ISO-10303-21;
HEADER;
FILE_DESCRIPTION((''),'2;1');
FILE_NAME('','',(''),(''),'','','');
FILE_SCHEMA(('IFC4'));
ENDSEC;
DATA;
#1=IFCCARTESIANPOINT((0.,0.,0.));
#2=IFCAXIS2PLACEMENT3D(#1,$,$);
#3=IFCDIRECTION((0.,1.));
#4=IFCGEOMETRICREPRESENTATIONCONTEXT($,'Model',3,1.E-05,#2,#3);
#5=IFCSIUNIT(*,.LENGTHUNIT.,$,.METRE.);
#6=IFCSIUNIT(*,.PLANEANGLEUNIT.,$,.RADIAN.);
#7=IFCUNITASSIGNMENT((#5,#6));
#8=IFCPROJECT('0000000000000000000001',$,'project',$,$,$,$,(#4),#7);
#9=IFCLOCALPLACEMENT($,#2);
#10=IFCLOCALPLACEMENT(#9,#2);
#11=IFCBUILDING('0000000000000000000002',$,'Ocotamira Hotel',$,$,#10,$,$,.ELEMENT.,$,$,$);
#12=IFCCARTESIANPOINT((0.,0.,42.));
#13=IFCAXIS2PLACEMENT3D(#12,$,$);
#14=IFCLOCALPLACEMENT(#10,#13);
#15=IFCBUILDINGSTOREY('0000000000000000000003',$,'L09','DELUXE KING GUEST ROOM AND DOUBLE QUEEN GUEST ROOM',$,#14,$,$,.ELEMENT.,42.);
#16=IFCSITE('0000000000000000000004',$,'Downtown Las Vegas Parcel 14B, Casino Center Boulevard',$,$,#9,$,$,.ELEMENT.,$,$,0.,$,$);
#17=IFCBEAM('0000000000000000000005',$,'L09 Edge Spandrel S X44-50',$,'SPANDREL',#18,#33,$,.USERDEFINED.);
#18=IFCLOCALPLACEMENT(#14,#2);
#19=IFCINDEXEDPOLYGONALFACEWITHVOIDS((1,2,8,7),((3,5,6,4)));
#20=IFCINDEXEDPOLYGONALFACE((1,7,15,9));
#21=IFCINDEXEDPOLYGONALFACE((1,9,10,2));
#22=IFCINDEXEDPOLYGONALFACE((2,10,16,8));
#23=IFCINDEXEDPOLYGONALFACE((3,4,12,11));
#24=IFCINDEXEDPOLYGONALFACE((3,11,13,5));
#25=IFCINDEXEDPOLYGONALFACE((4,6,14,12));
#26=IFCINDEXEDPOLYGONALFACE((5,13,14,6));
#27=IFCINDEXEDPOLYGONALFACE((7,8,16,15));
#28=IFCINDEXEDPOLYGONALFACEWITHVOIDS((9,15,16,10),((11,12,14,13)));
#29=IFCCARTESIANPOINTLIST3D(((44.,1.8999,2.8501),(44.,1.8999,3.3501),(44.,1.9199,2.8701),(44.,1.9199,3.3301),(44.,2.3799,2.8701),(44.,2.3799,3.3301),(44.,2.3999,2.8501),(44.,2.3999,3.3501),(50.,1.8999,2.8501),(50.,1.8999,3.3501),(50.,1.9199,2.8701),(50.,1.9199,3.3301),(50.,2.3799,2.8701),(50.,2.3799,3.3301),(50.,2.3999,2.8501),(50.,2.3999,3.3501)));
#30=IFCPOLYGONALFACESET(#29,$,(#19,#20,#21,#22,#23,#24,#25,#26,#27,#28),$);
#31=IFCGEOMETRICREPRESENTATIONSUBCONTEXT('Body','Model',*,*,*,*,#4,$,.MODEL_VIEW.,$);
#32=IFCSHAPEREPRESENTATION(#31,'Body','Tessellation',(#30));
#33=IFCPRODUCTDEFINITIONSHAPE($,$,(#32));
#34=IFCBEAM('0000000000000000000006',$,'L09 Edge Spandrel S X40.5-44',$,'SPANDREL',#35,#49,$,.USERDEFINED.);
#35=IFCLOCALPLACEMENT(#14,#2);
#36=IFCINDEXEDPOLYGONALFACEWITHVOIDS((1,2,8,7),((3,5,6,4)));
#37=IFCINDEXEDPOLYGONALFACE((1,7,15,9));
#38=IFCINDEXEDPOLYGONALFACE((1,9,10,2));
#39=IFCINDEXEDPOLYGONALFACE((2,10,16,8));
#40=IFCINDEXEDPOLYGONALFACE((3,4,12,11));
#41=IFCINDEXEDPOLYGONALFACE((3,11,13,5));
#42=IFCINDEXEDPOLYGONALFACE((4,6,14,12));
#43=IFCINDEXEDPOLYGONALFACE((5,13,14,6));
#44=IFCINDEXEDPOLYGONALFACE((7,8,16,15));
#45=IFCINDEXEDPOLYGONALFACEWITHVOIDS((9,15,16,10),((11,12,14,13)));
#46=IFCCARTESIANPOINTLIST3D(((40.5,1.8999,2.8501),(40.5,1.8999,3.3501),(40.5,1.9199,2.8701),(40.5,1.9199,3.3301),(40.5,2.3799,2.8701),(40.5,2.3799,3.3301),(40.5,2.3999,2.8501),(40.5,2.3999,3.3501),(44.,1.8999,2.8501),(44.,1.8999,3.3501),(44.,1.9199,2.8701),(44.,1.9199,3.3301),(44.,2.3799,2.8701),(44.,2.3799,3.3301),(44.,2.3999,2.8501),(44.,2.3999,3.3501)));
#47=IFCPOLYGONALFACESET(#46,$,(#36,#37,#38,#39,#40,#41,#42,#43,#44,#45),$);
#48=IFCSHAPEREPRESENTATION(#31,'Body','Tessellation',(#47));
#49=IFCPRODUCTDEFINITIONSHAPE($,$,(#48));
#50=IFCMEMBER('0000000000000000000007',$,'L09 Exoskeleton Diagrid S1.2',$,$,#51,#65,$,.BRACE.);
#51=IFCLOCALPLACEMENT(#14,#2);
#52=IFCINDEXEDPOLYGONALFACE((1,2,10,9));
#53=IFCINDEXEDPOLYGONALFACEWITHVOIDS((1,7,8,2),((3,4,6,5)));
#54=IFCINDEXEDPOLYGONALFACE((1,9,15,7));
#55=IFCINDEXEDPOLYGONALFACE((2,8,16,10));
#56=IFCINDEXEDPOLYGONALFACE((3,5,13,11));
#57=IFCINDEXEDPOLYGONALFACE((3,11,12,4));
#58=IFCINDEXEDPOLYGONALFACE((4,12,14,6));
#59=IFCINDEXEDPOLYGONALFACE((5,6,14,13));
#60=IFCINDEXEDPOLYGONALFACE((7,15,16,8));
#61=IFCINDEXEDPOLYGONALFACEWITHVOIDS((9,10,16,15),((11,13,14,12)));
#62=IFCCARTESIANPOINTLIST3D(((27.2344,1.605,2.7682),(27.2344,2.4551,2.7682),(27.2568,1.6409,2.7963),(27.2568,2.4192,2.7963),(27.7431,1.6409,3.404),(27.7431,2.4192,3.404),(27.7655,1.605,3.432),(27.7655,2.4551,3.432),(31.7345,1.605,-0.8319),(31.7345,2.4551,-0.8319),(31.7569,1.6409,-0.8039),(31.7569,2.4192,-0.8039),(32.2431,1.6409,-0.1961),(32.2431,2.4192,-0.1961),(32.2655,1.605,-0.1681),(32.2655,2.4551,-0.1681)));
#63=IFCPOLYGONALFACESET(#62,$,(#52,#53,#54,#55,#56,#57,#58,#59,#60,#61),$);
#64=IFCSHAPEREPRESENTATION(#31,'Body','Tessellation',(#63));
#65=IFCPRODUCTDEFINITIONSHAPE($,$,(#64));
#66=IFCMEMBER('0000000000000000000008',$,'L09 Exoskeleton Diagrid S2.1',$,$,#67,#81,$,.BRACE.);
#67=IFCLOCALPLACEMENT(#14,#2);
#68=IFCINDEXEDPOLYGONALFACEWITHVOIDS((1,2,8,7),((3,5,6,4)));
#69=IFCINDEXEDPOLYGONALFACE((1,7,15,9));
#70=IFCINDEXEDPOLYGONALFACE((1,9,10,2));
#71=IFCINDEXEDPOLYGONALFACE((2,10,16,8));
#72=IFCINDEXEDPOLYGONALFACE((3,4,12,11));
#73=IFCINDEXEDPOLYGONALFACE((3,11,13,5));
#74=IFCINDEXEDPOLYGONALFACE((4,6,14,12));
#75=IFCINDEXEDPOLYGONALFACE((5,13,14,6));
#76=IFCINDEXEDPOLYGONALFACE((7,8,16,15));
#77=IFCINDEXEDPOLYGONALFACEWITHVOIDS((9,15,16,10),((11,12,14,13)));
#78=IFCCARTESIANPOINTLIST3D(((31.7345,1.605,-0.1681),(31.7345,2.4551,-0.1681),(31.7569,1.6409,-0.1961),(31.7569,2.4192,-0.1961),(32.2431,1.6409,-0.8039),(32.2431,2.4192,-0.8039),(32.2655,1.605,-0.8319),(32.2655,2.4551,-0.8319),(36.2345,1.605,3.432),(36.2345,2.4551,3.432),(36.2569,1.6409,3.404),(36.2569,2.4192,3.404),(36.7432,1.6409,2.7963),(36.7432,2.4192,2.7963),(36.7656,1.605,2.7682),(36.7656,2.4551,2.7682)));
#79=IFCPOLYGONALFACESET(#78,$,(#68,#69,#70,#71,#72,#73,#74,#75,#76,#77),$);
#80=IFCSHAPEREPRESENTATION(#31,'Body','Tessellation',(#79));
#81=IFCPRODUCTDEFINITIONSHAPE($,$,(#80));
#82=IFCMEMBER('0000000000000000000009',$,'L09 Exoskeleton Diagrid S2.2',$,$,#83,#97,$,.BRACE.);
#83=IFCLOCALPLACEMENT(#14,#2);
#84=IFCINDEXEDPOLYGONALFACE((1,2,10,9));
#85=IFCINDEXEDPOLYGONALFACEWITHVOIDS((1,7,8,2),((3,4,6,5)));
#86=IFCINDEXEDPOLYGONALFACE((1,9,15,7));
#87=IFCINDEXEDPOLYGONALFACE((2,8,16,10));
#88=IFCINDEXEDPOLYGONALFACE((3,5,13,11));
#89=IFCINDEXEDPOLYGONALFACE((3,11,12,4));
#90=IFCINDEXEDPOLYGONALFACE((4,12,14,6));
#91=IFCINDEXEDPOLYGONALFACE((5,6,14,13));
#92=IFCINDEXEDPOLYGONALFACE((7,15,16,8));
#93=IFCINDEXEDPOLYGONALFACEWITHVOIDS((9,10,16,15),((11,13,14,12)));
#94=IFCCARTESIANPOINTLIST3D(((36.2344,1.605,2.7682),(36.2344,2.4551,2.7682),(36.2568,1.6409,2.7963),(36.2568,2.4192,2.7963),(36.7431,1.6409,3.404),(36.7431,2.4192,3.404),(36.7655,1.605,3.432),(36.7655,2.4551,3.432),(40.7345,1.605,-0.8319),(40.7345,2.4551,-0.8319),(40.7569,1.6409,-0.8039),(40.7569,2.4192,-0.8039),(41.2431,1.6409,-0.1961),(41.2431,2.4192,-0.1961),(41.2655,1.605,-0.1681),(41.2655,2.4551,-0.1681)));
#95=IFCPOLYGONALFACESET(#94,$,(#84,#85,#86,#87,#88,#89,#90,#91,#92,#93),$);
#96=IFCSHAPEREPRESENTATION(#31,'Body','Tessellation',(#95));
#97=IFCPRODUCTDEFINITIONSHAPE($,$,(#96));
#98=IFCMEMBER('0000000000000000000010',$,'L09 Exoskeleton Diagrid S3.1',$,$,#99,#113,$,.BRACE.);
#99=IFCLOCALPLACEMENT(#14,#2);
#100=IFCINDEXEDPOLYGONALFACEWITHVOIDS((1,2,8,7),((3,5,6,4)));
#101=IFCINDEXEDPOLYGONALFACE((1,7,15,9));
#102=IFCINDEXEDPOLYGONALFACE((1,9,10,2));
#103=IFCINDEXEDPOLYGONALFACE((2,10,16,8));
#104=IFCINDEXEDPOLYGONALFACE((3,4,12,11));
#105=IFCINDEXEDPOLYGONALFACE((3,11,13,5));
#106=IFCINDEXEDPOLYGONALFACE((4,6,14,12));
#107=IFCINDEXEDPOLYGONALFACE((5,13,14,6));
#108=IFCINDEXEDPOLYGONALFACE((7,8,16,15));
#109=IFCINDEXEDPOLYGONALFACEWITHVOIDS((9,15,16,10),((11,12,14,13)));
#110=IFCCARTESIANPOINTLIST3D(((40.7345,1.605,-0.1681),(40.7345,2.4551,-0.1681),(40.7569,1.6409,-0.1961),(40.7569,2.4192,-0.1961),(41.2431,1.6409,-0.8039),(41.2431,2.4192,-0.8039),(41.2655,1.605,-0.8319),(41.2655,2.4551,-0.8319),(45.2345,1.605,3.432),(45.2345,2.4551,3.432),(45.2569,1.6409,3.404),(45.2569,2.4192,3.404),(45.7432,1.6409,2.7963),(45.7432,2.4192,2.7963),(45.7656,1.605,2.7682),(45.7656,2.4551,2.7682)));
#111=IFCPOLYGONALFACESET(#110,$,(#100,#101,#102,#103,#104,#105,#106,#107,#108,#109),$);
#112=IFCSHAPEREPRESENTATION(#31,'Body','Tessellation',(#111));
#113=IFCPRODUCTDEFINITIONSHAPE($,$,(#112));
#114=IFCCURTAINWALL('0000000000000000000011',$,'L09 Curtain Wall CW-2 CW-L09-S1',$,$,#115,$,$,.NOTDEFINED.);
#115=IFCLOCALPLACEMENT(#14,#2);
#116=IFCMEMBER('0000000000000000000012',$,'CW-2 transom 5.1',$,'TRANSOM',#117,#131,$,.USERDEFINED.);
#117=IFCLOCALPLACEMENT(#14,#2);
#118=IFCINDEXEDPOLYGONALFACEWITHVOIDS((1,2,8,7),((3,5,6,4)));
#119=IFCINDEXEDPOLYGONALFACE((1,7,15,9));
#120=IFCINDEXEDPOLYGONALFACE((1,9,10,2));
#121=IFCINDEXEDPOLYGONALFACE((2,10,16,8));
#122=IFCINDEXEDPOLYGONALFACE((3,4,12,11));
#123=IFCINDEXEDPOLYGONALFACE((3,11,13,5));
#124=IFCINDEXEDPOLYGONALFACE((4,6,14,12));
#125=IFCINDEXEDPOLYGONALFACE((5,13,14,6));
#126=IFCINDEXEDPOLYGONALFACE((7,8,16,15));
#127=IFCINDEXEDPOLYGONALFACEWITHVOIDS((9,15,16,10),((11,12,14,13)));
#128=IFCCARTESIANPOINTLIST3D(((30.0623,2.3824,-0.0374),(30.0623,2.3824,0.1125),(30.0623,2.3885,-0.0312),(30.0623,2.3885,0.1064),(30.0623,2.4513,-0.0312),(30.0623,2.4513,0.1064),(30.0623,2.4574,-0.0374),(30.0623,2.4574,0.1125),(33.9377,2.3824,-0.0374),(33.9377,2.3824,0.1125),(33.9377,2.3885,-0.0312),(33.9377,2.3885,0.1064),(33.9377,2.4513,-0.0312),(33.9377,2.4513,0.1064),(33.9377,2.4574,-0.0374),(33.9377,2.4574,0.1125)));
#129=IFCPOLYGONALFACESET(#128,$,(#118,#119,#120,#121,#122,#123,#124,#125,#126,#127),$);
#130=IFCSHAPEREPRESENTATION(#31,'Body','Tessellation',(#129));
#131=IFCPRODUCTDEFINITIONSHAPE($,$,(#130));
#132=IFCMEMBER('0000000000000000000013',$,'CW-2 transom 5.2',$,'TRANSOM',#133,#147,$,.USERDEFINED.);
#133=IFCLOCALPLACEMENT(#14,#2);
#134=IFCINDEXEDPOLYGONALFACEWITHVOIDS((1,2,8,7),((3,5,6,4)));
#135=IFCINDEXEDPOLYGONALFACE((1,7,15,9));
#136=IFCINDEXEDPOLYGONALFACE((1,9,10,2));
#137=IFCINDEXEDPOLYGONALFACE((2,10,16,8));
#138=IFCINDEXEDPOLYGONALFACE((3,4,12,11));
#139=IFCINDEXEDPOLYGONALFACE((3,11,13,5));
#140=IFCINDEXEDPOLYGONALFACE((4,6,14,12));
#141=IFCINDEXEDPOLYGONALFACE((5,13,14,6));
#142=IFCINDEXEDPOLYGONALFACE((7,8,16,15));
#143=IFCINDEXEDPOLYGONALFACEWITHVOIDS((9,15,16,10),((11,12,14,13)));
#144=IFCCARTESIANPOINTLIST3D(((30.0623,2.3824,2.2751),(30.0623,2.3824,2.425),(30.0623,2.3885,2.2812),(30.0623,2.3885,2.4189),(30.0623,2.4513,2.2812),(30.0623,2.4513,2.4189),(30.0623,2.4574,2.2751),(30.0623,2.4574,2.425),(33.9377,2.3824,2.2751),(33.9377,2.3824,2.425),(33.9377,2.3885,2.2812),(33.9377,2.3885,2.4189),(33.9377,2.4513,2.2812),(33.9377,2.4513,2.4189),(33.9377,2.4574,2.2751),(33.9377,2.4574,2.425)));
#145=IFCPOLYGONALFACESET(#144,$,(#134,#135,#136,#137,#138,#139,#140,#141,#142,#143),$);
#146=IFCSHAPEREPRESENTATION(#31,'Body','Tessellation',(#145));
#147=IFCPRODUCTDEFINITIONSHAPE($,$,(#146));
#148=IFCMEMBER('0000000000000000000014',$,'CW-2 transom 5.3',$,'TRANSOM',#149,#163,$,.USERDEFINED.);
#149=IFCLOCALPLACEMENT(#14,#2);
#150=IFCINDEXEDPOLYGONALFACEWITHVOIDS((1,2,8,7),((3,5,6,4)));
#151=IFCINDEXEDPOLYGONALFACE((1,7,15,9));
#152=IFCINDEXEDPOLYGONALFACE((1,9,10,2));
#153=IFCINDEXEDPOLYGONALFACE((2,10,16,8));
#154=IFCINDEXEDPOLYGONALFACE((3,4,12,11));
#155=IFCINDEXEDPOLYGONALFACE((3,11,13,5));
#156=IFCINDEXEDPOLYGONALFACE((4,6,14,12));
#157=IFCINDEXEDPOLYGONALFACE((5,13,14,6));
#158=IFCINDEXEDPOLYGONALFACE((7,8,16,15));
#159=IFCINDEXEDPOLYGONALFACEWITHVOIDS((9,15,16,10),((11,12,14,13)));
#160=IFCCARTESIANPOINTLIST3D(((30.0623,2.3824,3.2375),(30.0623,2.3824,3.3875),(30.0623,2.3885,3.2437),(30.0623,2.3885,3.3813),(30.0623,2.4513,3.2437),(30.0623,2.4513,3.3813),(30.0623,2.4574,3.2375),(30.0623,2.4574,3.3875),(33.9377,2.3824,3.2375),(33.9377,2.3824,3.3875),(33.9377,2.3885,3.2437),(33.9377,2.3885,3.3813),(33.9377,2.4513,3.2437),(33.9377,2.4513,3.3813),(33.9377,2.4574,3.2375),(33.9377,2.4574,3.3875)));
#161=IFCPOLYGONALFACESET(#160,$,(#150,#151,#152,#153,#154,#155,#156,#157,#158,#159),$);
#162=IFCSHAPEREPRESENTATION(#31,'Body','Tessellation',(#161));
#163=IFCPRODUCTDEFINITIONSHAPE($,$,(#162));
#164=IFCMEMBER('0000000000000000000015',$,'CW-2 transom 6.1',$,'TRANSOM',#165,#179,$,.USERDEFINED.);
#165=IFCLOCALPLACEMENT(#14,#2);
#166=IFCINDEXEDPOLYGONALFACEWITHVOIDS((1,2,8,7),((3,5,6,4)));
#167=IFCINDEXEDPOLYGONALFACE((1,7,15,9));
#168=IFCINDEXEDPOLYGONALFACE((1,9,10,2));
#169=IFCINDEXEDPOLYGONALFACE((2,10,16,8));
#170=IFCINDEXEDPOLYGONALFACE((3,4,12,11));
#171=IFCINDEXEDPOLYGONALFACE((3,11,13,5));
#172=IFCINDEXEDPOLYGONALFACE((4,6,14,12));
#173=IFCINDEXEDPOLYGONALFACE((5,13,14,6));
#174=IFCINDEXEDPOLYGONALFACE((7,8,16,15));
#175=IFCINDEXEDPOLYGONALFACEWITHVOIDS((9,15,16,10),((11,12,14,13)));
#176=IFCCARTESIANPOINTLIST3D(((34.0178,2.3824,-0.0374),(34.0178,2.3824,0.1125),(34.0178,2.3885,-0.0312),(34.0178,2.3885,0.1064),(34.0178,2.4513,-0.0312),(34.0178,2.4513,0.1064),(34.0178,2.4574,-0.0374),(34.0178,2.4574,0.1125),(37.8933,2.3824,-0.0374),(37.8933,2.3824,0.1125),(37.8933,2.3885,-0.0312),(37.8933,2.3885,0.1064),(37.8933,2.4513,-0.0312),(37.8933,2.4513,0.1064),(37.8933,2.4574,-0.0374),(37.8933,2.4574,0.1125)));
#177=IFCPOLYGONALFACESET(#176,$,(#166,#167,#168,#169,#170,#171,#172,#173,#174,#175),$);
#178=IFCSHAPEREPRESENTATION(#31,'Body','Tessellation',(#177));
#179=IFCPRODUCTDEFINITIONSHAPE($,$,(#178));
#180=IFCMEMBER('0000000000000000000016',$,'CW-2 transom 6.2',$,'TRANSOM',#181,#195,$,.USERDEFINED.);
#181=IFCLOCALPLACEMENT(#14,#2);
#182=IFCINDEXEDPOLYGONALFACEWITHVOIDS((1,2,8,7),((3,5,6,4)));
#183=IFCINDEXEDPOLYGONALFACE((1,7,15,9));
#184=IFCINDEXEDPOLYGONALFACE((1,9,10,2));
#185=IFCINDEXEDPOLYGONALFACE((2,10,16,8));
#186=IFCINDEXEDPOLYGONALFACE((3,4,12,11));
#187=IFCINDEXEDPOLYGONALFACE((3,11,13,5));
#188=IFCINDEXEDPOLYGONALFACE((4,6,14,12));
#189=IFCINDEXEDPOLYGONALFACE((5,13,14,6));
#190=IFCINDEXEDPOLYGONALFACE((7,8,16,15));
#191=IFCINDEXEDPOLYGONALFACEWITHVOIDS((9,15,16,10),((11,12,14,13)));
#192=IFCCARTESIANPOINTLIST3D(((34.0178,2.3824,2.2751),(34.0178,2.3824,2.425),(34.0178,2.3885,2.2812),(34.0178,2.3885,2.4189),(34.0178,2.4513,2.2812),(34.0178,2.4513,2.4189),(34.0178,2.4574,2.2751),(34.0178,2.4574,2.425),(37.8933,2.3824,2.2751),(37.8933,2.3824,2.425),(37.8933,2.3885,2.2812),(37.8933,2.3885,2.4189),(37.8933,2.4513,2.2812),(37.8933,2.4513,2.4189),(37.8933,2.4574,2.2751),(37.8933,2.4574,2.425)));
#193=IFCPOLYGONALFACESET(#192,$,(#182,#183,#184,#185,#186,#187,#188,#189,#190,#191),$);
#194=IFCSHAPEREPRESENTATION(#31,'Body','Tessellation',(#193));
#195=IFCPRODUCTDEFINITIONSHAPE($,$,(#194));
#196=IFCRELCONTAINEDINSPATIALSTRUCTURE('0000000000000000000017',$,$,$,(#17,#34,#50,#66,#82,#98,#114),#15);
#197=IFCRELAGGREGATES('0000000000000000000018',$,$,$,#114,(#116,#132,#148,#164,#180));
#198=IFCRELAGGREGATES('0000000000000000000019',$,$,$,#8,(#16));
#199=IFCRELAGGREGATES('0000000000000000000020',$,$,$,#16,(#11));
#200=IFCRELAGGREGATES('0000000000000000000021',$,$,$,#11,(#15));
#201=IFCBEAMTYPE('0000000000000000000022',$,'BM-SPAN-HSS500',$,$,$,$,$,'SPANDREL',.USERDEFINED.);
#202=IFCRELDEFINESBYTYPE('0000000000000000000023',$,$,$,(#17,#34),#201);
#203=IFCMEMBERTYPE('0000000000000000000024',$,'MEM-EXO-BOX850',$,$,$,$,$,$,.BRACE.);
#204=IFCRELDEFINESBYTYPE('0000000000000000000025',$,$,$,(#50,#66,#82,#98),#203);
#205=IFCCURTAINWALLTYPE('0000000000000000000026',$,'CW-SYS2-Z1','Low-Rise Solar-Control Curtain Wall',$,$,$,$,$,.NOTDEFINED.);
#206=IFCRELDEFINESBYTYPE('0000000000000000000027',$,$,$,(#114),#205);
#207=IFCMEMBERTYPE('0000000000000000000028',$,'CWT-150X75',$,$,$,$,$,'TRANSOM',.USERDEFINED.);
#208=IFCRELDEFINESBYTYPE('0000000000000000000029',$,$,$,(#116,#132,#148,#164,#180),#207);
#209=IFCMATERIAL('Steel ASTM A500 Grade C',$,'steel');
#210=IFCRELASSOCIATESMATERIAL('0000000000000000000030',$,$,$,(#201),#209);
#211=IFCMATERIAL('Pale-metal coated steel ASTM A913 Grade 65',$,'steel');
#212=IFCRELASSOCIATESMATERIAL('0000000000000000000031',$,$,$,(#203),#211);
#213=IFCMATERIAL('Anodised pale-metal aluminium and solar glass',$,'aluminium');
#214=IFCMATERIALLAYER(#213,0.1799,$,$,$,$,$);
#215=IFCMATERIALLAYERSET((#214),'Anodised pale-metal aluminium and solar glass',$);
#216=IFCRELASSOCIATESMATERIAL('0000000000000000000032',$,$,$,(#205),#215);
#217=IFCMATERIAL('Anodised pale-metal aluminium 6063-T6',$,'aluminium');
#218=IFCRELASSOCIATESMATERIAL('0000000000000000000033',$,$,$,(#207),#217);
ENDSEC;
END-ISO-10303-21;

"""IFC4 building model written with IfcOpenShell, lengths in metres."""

from ifc_helpers import new_model, si_unit, direction, frame, origin, origin_2d, place, context, subcontext, project, spatial, hollow_rectangle, extrude, source, transform, mapped, material, layer, layer_set, material_profile, profile_set, type_object, element, aggregate, save


model = new_model("IFC4")

# Units and contexts
model_context = context("Model", 3, precision=1e-05, world=origin(), true_north=direction((0.0, 1.0)))
body_context = subcontext(model_context, "Body", "Model", "MODEL_VIEW")
ifc_project = project(units=[si_unit("LENGTHUNIT", "METRE"), si_unit("PLANEANGLEUNIT", "RADIAN")], contexts=[model_context])

# Site, building, storey
site_placement = place(None, origin())
site = spatial("IfcSite", under=ifc_project, at=site_placement, Name="Downtown Las Vegas Parcel 14B, Casino Center Boulevard", CompositionType="ELEMENT", RefElevation=0.0)
building_placement = place(site_placement, origin())
building = spatial("IfcBuilding", under=site, at=building_placement, Name="Ocotamira Hotel", CompositionType="ELEMENT")
storey_placement = place(building_placement, frame((0.0, 0.0, 42.0)))
storey = spatial("IfcBuildingStorey", under=building, at=storey_placement, Name="L09", Description="DELUXE KING GUEST ROOM AND DOUBLE QUEEN GUEST ROOM", CompositionType="ELEMENT", Elevation=42.0)

# Beams
ifc_material_1 = material(Name="Steel ASTM A500 Grade C", Category="steel")
ifc_material_profile_1 = material_profile(ifc_material_1, hollow_rectangle(XDim=0.5, YDim=0.5, WallThickness=0.02, at=origin_2d()), Name="HSS500X500X20")
ifc_profile_set_1 = profile_set([ifc_material_profile_1], Name="Steel ASTM A500 Grade C")
beam_type = type_object("IfcBeamType", Name="BM-SPAN-HSS500", ElementType="SPANDREL", PredefinedType="USERDEFINED", material=ifc_profile_set_1)
shared_shape_1 = source(origin(), body_context, "Body", "SweptSolid", [
    extrude(hollow_rectangle(XDim=0.5, YDim=0.5, WallThickness=0.02, at=origin_2d()), origin(), (0.0, 0.0, 1.0), 6.0),
])
beam_1_placement = place(storey_placement, frame((44.0, 2.1499, 3.1001), z_axis=(1.0, 0.0, 0.0), x_axis=(0.0, 1.0, 0.0)))
element("IfcBeam", 1, at=beam_1_placement, inside=storey, type_object=beam_type, Name="L09 Edge Spandrel S X44-50", ObjectType="SPANDREL", PredefinedType="USERDEFINED", context=body_context, shape_type="MappedRepresentation", body=[
    mapped(shared_shape_1, transform((0.0, 0.0, 0.0), scale=1.0)),
])
shared_shape_2 = source(origin(), body_context, "Body", "SweptSolid", [
    extrude(hollow_rectangle(XDim=0.5, YDim=0.5, WallThickness=0.02, at=origin_2d()), origin(), (0.0, 0.0, 1.0), 3.5),
])
beam_2_placement = place(storey_placement, frame((40.5, 2.1499, 3.1001), z_axis=(1.0, 0.0, 0.0), x_axis=(0.0, 1.0, 0.0)))
element("IfcBeam", 2, at=beam_2_placement, inside=storey, type_object=beam_type, Name="L09 Edge Spandrel S X40.5-44", ObjectType="SPANDREL", PredefinedType="USERDEFINED", context=body_context, shape_type="MappedRepresentation", body=[
    mapped(shared_shape_2, transform((0.0, 0.0, 0.0), scale=1.0)),
])

# Members
ifc_material_2 = material(Name="Pale-metal coated steel ASTM A913 Grade 65", Category="steel")
ifc_material_profile_2 = material_profile(ifc_material_2, hollow_rectangle(XDim=0.8501, YDim=0.8501, WallThickness=0.0359, at=origin_2d()), Name="BOX850X850X36")
ifc_profile_set_2 = profile_set([ifc_material_profile_2], Name="Pale-metal coated steel ASTM A913 Grade 65")
member_type_1 = type_object("IfcMemberType", Name="MEM-EXO-BOX850", PredefinedType="BRACE", material=ifc_profile_set_2)
shared_shape_3 = source(origin(), body_context, "Body", "SweptSolid", [
    extrude(hollow_rectangle(XDim=0.8501, YDim=0.8501, WallThickness=0.0359, at=origin_2d()), origin(), (0.0, 0.0, 1.0), 5.7629),
])
for number, where, z_axis, x_axis, name in (
    (3, (32.0, 2.03, -0.5), (-0.780861, 0.0, 0.624705), (0.0, -1.0, 0.0), "L09 Exoskeleton Diagrid S1.2"),
    (4, (32.0, 2.03, -0.5), (0.780861, 0.0, 0.624705), (0.0, 1.0, 0.0), "L09 Exoskeleton Diagrid S2.1"),
    (5, (41.0, 2.03, -0.5), (-0.780861, 0.0, 0.624705), (0.0, -1.0, 0.0), "L09 Exoskeleton Diagrid S2.2"),
    (6, (41.0, 2.03, -0.5), (0.780861, 0.0, 0.624705), (0.0, 1.0, 0.0), "L09 Exoskeleton Diagrid S3.1"),
):
    element("IfcMember", number, at=place(storey_placement, frame(where, z_axis=z_axis, x_axis=x_axis)), inside=storey, type_object=member_type_1, Name=name, PredefinedType="BRACE", context=body_context, shape_type="MappedRepresentation", body=[
        mapped(shared_shape_3, transform((0.0, 0.0, 0.0), scale=1.0)),
    ])

# Curtain wall, members
ifc_material_3 = material(Name="Anodised pale-metal aluminium and solar glass", Category="aluminium")
ifc_layer_1 = layer(ifc_material_3, 0.1799)
ifc_layer_set_1 = layer_set([ifc_layer_1], Name="Anodised pale-metal aluminium and solar glass")
curtain_wall_type = type_object("IfcCurtainWallType", Name="CW-SYS2-Z1", Description="Low-Rise Solar-Control Curtain Wall", PredefinedType="NOTDEFINED", material=ifc_layer_set_1)
curtain_wall_placement = place(storey_placement, origin())
curtain_wall = element("IfcCurtainWall", 7, at=curtain_wall_placement, inside=storey, type_object=curtain_wall_type, Name="L09 Curtain Wall CW-2 CW-L09-S1", PredefinedType="NOTDEFINED")
ifc_material_4 = material(Name="Anodised pale-metal aluminium 6063-T6", Category="aluminium")
ifc_material_profile_3 = material_profile(ifc_material_4, hollow_rectangle(XDim=0.075, YDim=0.1499, WallThickness=0.0061, at=origin_2d()), Name="HSS150X75X6")
ifc_profile_set_3 = profile_set([ifc_material_profile_3], Name="Anodised pale-metal aluminium 6063-T6")
member_type_2 = type_object("IfcMemberType", Name="CWT-150X75", ElementType="TRANSOM", PredefinedType="USERDEFINED", material=ifc_profile_set_3)
shared_shape_4 = source(origin(), body_context, "Body", "SweptSolid", [
    extrude(hollow_rectangle(XDim=0.075, YDim=0.1499, WallThickness=0.0061, at=origin_2d()), origin(), (0.0, 0.0, 1.0), 3.8755),
])
member_1_placement = place(storey_placement, frame((30.0623, 2.4199, 0.0376), z_axis=(1.0, 0.0, 0.0), x_axis=(0.0, 1.0, 0.0)))
member_1 = element("IfcMember", 8, at=member_1_placement, type_object=member_type_2, Name="CW-2 transom 5.1", ObjectType="TRANSOM", PredefinedType="USERDEFINED", context=body_context, shape_type="MappedRepresentation", body=[
    mapped(shared_shape_4, transform((0.0, 0.0, 0.0), scale=1.0)),
])
member_2_placement = place(storey_placement, frame((30.0623, 2.4199, 2.3501), z_axis=(1.0, 0.0, 0.0), x_axis=(0.0, 1.0, 0.0)))
member_2 = element("IfcMember", 9, at=member_2_placement, type_object=member_type_2, Name="CW-2 transom 5.2", ObjectType="TRANSOM", PredefinedType="USERDEFINED", context=body_context, shape_type="MappedRepresentation", body=[
    mapped(shared_shape_4, transform((0.0, 0.0, 0.0), scale=1.0)),
])
member_3_placement = place(storey_placement, frame((30.0623, 2.4199, 3.3125), z_axis=(1.0, 0.0, 0.0), x_axis=(0.0, 1.0, 0.0)))
member_3 = element("IfcMember", 10, at=member_3_placement, type_object=member_type_2, Name="CW-2 transom 5.3", ObjectType="TRANSOM", PredefinedType="USERDEFINED", context=body_context, shape_type="MappedRepresentation", body=[
    mapped(shared_shape_4, transform((0.0, 0.0, 0.0), scale=1.0)),
])
member_4_placement = place(storey_placement, frame((34.0178, 2.4199, 0.0376), z_axis=(1.0, 0.0, 0.0), x_axis=(0.0, 1.0, 0.0)))
member_4 = element("IfcMember", 11, at=member_4_placement, type_object=member_type_2, Name="CW-2 transom 6.1", ObjectType="TRANSOM", PredefinedType="USERDEFINED", context=body_context, shape_type="MappedRepresentation", body=[
    mapped(shared_shape_4, transform((0.0, 0.0, 0.0), scale=1.0)),
])
member_5_placement = place(storey_placement, frame((34.0178, 2.4199, 2.3501), z_axis=(1.0, 0.0, 0.0), x_axis=(0.0, 1.0, 0.0)))
member_5 = element("IfcMember", 12, at=member_5_placement, type_object=member_type_2, Name="CW-2 transom 6.2", ObjectType="TRANSOM", PredefinedType="USERDEFINED", context=body_context, shape_type="MappedRepresentation", body=[
    mapped(shared_shape_4, transform((0.0, 0.0, 0.0), scale=1.0)),
])

aggregate(curtain_wall, [member_1, member_2, member_3, member_4, member_5])

save(model, "model.ifc")
